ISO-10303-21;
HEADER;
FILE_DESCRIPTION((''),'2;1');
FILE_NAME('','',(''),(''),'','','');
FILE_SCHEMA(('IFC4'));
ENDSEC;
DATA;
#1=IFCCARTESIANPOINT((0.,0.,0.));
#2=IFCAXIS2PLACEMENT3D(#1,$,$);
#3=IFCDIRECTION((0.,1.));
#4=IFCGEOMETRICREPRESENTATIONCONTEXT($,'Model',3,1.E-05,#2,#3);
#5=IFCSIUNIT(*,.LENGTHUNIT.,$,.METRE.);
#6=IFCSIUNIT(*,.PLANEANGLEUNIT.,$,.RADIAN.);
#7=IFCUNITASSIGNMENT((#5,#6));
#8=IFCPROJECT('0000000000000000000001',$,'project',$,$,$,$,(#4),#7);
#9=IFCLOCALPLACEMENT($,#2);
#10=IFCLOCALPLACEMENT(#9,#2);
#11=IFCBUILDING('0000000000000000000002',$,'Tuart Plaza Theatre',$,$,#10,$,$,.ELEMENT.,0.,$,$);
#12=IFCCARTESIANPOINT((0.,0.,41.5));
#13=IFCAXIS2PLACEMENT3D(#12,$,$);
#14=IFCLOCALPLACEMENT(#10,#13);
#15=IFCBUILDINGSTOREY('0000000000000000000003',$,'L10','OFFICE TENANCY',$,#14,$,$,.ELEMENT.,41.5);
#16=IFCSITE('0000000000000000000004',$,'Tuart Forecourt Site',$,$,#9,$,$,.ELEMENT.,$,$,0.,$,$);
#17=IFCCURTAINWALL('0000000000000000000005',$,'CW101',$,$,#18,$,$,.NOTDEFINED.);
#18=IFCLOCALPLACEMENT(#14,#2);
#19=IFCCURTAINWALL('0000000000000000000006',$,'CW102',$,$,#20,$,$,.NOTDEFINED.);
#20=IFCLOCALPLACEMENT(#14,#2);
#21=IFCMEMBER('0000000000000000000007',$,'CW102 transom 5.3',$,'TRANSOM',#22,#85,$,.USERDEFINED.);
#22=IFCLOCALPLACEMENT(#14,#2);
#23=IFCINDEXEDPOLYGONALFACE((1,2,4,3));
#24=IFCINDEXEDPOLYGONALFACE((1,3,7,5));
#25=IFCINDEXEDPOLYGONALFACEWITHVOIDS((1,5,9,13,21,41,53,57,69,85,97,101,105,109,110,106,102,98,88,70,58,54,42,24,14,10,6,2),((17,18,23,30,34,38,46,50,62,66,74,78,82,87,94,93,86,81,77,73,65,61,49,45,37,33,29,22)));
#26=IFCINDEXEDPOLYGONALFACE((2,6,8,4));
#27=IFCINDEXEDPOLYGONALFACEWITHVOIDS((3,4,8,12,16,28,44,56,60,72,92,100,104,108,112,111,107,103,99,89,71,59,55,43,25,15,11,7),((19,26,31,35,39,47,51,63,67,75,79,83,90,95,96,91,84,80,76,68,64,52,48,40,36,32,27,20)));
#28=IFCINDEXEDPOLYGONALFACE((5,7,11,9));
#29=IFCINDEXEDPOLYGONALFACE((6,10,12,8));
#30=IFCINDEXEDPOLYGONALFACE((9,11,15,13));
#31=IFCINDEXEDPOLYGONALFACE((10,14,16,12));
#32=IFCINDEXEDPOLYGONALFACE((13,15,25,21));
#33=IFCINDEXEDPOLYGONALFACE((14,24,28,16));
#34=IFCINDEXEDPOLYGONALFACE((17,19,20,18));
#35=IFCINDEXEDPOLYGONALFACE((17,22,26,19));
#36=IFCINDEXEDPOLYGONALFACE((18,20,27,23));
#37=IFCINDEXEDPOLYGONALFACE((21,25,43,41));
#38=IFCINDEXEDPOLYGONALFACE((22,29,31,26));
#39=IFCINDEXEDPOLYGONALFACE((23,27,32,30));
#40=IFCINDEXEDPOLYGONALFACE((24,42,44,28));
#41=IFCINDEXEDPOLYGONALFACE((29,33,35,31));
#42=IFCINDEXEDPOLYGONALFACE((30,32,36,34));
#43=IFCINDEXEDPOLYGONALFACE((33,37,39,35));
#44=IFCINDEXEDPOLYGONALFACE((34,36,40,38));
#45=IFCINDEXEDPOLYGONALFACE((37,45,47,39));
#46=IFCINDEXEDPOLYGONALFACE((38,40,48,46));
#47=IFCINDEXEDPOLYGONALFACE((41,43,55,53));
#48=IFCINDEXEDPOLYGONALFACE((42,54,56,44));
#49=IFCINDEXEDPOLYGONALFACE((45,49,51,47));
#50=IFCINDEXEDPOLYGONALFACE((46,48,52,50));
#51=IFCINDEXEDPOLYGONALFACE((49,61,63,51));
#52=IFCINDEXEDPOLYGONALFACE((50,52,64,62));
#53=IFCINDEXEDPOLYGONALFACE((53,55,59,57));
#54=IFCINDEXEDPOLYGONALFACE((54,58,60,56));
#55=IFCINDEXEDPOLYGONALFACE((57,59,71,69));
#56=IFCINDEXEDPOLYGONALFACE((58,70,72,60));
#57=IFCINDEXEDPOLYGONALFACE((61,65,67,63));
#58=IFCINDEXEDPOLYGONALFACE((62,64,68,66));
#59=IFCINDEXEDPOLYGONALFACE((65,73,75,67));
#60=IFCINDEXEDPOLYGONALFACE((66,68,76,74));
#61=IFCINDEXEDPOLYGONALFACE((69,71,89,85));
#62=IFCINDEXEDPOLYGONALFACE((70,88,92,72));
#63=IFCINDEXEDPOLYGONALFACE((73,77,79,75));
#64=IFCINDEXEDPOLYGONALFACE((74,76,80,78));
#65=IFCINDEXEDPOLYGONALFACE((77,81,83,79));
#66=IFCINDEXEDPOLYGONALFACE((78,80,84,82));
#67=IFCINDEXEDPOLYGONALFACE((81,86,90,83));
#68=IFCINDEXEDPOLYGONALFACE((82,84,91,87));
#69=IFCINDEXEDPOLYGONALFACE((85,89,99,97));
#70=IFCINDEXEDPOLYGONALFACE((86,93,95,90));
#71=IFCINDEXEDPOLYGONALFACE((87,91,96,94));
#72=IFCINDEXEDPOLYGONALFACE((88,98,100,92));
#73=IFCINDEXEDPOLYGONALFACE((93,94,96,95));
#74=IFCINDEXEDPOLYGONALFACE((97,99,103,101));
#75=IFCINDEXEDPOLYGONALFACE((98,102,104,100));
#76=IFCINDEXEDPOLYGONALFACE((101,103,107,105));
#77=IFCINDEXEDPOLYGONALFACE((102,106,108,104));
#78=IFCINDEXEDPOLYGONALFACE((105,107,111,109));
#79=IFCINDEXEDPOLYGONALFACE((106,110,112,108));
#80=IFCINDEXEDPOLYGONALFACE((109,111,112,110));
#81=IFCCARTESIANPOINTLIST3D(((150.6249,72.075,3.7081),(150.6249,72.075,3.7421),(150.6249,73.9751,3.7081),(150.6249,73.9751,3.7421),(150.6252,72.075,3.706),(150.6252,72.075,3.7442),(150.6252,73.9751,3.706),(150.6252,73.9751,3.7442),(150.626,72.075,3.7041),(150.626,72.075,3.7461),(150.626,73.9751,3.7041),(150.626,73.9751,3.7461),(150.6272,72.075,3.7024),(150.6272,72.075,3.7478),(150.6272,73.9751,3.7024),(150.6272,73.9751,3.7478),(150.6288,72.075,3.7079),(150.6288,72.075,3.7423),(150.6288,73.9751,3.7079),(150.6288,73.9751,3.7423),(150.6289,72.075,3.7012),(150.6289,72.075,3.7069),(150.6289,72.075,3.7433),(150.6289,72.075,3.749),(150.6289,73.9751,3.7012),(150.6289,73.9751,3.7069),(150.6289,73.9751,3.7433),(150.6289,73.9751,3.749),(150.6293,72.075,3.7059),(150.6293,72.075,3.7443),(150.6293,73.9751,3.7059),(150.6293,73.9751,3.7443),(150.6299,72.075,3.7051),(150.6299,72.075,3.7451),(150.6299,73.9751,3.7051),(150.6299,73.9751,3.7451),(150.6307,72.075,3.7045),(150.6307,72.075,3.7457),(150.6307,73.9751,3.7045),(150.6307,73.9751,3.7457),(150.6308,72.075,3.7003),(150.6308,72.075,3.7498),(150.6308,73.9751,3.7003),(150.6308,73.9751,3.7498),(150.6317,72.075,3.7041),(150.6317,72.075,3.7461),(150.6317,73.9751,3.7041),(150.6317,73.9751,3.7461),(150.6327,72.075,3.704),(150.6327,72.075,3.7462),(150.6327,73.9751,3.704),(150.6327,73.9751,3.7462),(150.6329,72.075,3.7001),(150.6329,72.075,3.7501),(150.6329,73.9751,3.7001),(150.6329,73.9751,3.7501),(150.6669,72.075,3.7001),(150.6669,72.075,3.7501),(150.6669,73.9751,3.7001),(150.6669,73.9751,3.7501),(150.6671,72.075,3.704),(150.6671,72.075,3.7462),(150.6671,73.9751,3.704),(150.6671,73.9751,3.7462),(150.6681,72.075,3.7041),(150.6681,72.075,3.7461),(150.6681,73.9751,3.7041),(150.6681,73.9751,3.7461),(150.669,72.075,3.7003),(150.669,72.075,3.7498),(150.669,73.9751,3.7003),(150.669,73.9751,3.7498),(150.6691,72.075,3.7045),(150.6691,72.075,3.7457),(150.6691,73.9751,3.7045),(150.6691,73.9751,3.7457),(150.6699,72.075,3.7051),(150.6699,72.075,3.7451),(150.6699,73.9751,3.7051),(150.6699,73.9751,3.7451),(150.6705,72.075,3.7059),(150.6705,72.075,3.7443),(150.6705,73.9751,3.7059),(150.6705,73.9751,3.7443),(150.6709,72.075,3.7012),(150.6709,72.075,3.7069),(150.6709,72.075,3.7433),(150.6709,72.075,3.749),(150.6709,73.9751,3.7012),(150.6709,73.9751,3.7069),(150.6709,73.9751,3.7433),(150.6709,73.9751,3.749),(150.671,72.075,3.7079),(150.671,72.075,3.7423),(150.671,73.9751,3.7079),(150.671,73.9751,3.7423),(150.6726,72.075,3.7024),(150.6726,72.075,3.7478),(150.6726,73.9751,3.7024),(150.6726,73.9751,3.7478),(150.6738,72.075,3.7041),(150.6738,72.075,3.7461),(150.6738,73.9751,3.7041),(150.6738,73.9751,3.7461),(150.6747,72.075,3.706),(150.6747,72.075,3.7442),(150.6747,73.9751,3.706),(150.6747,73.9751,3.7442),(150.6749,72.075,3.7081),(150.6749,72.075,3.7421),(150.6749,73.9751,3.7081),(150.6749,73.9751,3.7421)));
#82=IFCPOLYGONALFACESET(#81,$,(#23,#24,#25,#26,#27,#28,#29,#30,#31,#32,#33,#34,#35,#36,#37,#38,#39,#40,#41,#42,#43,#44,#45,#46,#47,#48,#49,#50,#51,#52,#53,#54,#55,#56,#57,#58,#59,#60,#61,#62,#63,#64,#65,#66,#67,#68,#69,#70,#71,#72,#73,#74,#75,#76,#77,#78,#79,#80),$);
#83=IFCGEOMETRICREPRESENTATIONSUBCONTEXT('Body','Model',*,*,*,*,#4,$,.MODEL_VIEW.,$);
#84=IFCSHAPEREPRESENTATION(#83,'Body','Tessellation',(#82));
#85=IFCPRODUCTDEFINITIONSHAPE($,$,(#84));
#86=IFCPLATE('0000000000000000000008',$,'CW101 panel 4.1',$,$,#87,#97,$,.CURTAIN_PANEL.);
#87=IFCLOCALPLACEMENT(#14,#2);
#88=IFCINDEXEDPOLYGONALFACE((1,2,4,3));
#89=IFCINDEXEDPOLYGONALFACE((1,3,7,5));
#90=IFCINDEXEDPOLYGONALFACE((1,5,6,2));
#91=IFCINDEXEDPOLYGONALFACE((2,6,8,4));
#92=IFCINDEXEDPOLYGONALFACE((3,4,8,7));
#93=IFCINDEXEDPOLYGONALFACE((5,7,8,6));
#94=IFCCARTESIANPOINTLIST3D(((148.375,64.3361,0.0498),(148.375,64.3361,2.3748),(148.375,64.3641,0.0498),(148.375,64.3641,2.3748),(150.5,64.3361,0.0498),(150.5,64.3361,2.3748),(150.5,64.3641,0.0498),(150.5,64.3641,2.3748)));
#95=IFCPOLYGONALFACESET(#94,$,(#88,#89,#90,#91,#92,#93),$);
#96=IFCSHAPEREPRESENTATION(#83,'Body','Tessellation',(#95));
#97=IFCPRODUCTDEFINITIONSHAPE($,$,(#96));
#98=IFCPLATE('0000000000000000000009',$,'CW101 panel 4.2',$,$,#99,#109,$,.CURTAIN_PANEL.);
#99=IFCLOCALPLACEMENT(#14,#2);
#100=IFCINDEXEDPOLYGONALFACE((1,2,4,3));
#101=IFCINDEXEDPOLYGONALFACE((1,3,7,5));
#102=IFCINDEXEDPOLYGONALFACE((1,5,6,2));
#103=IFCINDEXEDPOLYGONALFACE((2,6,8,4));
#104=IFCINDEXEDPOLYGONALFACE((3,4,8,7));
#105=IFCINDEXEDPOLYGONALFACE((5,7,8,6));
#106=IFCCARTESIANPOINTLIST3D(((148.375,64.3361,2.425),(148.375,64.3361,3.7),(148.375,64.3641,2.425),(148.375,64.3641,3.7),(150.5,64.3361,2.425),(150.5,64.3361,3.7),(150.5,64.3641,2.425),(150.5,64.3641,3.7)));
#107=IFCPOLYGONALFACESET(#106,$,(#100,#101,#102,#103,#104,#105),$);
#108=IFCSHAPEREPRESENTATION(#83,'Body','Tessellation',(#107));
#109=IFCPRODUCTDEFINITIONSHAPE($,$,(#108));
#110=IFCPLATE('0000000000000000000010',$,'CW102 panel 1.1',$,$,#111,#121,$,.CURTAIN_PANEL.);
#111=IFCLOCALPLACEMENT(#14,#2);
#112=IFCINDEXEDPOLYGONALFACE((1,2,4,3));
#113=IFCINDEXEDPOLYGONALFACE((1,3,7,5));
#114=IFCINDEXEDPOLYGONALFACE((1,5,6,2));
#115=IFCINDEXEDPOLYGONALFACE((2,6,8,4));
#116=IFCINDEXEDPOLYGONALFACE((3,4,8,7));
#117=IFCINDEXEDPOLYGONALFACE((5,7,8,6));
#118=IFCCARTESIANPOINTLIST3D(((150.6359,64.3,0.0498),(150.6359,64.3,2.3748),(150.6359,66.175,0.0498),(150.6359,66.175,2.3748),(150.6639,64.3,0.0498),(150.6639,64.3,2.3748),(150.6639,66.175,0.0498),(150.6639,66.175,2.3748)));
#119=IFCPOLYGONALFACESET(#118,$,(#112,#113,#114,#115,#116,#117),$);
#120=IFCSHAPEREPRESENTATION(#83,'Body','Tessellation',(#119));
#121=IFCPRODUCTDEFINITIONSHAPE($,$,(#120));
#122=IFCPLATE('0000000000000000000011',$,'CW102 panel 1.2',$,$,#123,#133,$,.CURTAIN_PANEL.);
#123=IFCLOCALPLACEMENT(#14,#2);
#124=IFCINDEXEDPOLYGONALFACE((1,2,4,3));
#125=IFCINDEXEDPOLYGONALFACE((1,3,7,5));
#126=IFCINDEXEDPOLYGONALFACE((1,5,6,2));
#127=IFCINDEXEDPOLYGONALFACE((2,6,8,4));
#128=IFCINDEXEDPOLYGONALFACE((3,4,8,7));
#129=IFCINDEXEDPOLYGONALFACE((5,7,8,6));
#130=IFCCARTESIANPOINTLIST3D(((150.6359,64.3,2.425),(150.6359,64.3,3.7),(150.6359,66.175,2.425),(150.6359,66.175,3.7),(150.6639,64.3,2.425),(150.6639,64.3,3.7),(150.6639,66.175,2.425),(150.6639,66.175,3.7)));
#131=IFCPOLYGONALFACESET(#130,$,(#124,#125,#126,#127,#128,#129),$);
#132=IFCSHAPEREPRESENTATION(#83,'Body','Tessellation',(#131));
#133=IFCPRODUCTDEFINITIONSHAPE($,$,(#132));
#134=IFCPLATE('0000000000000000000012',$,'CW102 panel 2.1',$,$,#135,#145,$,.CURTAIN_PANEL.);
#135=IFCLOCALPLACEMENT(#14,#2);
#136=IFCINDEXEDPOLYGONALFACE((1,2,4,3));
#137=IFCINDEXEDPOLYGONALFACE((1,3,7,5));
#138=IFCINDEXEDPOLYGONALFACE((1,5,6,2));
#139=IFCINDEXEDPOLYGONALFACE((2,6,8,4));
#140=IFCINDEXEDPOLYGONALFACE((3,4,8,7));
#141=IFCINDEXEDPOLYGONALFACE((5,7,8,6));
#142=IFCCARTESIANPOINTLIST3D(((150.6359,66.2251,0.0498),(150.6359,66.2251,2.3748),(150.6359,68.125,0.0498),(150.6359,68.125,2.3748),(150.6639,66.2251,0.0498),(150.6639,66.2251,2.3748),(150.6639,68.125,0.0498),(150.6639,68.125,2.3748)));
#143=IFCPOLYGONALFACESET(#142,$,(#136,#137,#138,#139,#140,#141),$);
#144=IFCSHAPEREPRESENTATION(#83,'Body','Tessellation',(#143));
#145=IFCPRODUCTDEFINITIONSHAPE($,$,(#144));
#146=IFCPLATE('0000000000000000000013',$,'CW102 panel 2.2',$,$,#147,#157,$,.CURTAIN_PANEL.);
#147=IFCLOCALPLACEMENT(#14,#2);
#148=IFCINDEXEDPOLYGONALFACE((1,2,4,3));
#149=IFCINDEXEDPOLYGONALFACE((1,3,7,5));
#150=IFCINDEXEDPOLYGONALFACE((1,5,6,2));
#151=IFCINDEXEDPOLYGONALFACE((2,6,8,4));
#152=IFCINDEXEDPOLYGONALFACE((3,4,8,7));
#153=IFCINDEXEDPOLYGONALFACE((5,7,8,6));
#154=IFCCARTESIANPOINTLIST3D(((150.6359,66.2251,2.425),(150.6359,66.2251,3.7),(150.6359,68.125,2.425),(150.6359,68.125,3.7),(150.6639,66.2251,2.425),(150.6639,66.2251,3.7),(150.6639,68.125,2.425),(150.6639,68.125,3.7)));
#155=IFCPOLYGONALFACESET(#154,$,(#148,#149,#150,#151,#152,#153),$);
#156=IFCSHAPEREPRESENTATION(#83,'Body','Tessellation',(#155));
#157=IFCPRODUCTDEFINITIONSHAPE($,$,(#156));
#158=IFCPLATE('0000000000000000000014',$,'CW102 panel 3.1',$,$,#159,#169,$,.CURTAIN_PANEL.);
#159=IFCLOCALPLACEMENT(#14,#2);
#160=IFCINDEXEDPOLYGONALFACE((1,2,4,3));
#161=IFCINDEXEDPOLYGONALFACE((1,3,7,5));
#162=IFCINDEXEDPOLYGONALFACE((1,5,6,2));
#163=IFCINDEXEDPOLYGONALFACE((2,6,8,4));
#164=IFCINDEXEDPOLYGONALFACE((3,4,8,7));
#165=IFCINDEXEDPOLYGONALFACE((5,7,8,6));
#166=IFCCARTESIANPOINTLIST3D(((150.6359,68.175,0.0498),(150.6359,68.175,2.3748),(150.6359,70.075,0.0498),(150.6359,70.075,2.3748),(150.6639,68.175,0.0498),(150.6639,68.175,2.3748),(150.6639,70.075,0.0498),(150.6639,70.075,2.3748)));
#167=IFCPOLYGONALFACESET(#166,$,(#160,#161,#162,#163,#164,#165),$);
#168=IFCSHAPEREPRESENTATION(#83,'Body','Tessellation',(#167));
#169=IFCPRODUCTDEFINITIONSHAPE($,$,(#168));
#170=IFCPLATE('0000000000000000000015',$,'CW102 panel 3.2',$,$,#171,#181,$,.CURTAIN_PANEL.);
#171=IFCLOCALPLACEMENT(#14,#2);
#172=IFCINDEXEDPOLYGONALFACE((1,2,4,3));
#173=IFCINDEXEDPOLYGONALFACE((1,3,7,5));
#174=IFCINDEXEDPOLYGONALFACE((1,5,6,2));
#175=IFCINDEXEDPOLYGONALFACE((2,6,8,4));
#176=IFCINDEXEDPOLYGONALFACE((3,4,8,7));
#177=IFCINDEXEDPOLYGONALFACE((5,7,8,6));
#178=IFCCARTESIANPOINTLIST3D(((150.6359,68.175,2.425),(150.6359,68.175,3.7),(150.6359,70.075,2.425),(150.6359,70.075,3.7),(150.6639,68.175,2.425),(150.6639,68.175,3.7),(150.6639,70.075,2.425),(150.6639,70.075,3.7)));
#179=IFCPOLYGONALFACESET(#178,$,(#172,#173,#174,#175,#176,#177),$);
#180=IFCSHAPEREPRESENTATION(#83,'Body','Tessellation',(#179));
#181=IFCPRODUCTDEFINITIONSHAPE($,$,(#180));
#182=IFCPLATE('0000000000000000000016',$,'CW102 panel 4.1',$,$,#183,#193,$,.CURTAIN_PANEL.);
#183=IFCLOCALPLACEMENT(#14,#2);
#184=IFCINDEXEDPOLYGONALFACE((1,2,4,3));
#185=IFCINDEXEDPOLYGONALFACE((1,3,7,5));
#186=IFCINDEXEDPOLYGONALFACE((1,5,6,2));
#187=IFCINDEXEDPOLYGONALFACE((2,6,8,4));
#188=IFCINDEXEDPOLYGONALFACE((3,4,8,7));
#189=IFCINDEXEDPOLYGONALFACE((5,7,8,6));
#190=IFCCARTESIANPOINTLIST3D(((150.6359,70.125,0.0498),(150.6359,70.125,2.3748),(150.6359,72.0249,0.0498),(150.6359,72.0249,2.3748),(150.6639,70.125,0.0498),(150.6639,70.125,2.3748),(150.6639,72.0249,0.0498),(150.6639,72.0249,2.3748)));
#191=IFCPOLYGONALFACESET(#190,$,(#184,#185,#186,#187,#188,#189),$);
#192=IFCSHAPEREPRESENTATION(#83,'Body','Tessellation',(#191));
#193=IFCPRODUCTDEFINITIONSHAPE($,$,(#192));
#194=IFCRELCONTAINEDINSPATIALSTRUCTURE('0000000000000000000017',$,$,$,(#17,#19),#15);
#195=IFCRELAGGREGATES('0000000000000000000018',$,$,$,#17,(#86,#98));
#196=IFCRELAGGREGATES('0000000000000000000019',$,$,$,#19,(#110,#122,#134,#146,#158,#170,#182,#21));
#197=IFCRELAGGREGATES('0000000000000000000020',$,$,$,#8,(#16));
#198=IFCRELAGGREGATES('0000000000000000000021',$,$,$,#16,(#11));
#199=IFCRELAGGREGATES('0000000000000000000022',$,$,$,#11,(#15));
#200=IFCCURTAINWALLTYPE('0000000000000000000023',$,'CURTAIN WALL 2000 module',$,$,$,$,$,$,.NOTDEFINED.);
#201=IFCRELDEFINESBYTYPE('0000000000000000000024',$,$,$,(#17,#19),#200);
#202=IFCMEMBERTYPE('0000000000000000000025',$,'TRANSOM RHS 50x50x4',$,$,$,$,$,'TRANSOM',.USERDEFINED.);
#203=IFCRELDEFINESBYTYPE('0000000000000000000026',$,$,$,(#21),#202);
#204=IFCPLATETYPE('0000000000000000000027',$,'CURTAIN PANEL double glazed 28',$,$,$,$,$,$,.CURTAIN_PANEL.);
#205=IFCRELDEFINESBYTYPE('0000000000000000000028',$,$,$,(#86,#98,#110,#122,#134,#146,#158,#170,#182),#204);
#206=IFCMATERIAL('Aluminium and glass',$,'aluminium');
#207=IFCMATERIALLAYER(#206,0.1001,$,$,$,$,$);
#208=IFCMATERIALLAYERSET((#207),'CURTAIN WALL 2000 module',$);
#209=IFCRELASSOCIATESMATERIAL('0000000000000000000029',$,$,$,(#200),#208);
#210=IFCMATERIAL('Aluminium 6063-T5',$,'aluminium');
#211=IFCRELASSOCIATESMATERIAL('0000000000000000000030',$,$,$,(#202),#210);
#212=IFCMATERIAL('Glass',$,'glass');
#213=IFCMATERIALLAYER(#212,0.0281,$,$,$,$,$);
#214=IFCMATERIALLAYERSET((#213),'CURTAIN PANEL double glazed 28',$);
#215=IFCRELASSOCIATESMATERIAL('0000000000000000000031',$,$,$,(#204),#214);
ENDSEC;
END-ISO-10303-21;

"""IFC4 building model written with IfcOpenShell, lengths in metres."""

from ifc_helpers import new_model, si_unit, direction, frame, origin, origin_2d, place, context, subcontext, project, spatial, rectangle, hollow_rectangle, extrude, material, layer, layer_set, material_profile, profile_set, type_object, element, aggregate, save


model = new_model("IFC4")

# Units and contexts
model_context = context("Model", 3, precision=1e-05, world=origin(), true_north=direction((0.0, 1.0)))
body_context = subcontext(model_context, "Body", "Model", "MODEL_VIEW")
ifc_project = project(units=[si_unit("LENGTHUNIT", "METRE"), si_unit("PLANEANGLEUNIT", "RADIAN")], contexts=[model_context])

# Site, building, storey
site_placement = place(None, origin())
site = spatial("IfcSite", under=ifc_project, at=site_placement, Name="Tuart Forecourt Site", CompositionType="ELEMENT", RefElevation=0.0)
building_placement = place(site_placement, origin())
building = spatial("IfcBuilding", under=site, at=building_placement, Name="Tuart Plaza Theatre", CompositionType="ELEMENT", ElevationOfRefHeight=0.0)
storey_placement = place(building_placement, frame((0.0, 0.0, 41.5)))
storey = spatial("IfcBuildingStorey", under=building, at=storey_placement, Name="L10", Description="OFFICE TENANCY", CompositionType="ELEMENT", Elevation=41.5)

# Curtain walls
ifc_material_1 = material(Name="Aluminium and glass", Category="aluminium")
ifc_layer_1 = layer(ifc_material_1, 0.1001)
ifc_layer_set_1 = layer_set([ifc_layer_1], Name="CURTAIN WALL 2000 module")
curtain_wall_type = type_object("IfcCurtainWallType", Name="CURTAIN WALL 2000 module", PredefinedType="NOTDEFINED", material=ifc_layer_set_1)
curtain_wall_1_placement = place(storey_placement, origin())
curtain_wall_1 = element("IfcCurtainWall", 1, at=curtain_wall_1_placement, inside=storey, type_object=curtain_wall_type, Name="CW101", PredefinedType="NOTDEFINED")
curtain_wall_2_placement = place(storey_placement, origin())
curtain_wall_2 = element("IfcCurtainWall", 2, at=curtain_wall_2_placement, inside=storey, type_object=curtain_wall_type, Name="CW102", PredefinedType="NOTDEFINED")

# Member
ifc_material_2 = material(Name="Aluminium 6063-T5", Category="aluminium")
ifc_material_profile_1 = material_profile(ifc_material_2, hollow_rectangle(XDim=0.05, YDim=0.05, WallThickness=0.0039, InnerFilletRadius=0.0039, OuterFilletRadius=0.0081, at=origin_2d()), Name="RHS 50x50x4")
ifc_profile_set_1 = profile_set([ifc_material_profile_1], Name="Aluminium 6063-T5")
member_type_1 = type_object("IfcMemberType", Name="TRANSOM RHS 50x50x4", ElementType="TRANSOM", PredefinedType="USERDEFINED", material=ifc_profile_set_1)
member_1_placement = place(storey_placement, frame((150.6499, 72.075, 3.7251), z_axis=(0.0, 1.0, 0.0), x_axis=(-1.0, 0.0, 0.0)))
member_1 = element("IfcMember", 3, at=member_1_placement, type_object=member_type_1, Name="CW102 transom 5.3", ObjectType="TRANSOM", PredefinedType="USERDEFINED", context=body_context, shape_type="SweptSolid", body=[
    extrude(hollow_rectangle(XDim=0.05, YDim=0.05, WallThickness=0.0039, InnerFilletRadius=0.0039, OuterFilletRadius=0.0081, at=origin_2d()), origin(), (0.0, 0.0, 1.0), 1.9001),
])

# Plates
ifc_material_3 = material(Name="Glass", Category="glass")
ifc_layer_2 = layer(ifc_material_3, 0.0281)
ifc_layer_set_2 = layer_set([ifc_layer_2], Name="CURTAIN PANEL double glazed 28")
plate_type = type_object("IfcPlateType", Name="CURTAIN PANEL double glazed 28", PredefinedType="CURTAIN_PANEL", material=ifc_layer_set_2)
plate_1_placement = place(storey_placement, frame((149.4375, 64.3501, 0.0498), z_axis=(0.0, 0.0, 1.0), x_axis=(1.0, 0.0, 0.0)))
plate_1 = element("IfcPlate", 4, at=plate_1_placement, type_object=plate_type, Name="CW101 panel 4.1", PredefinedType="CURTAIN_PANEL", context=body_context, shape_type="SweptSolid", body=[
    extrude(rectangle(XDim=2.125, YDim=0.0281, at=origin_2d()), origin(), (0.0, 0.0, 1.0), 2.325),
])
plate_2_placement = place(storey_placement, frame((149.4375, 64.3501, 2.425), z_axis=(0.0, 0.0, 1.0), x_axis=(1.0, 0.0, 0.0)))
plate_2 = element("IfcPlate", 5, at=plate_2_placement, type_object=plate_type, Name="CW101 panel 4.2", PredefinedType="CURTAIN_PANEL", context=body_context, shape_type="SweptSolid", body=[
    extrude(rectangle(XDim=2.125, YDim=0.0281, at=origin_2d()), origin(), (0.0, 0.0, 1.0), 1.2749),
])
aggregate(curtain_wall_1, [plate_1, plate_2])
plate_3_placement = place(storey_placement, frame((150.6499, 65.2375, 0.0498), z_axis=(0.0, 0.0, 1.0), x_axis=(0.0, 1.0, 0.0)))
plate_3 = element("IfcPlate", 6, at=plate_3_placement, type_object=plate_type, Name="CW102 panel 1.1", PredefinedType="CURTAIN_PANEL", context=body_context, shape_type="SweptSolid", body=[
    extrude(rectangle(XDim=1.875, YDim=0.0281, at=origin_2d()), origin(), (0.0, 0.0, 1.0), 2.325),
])
plate_4_placement = place(storey_placement, frame((150.6499, 65.2375, 2.425), z_axis=(0.0, 0.0, 1.0), x_axis=(0.0, 1.0, 0.0)))
plate_4 = element("IfcPlate", 7, at=plate_4_placement, type_object=plate_type, Name="CW102 panel 1.2", PredefinedType="CURTAIN_PANEL", context=body_context, shape_type="SweptSolid", body=[
    extrude(rectangle(XDim=1.875, YDim=0.0281, at=origin_2d()), origin(), (0.0, 0.0, 1.0), 1.2749),
])
plate_5_placement = place(storey_placement, frame((150.6499, 67.175, 0.0498), z_axis=(0.0, 0.0, 1.0), x_axis=(0.0, 1.0, 0.0)))
plate_5 = element("IfcPlate", 8, at=plate_5_placement, type_object=plate_type, Name="CW102 panel 2.1", PredefinedType="CURTAIN_PANEL", context=body_context, shape_type="SweptSolid", body=[
    extrude(rectangle(XDim=1.8999, YDim=0.0281, at=origin_2d()), origin(), (0.0, 0.0, 1.0), 2.325),
])
plate_6_placement = place(storey_placement, frame((150.6499, 67.175, 2.425), z_axis=(0.0, 0.0, 1.0), x_axis=(0.0, 1.0, 0.0)))
plate_6 = element("IfcPlate", 9, at=plate_6_placement, type_object=plate_type, Name="CW102 panel 2.2", PredefinedType="CURTAIN_PANEL", context=body_context, shape_type="SweptSolid", body=[
    extrude(rectangle(XDim=1.8999, YDim=0.0281, at=origin_2d()), origin(), (0.0, 0.0, 1.0), 1.2749),
])
plate_7_placement = place(storey_placement, frame((150.6499, 69.125, 0.0498), z_axis=(0.0, 0.0, 1.0), x_axis=(0.0, 1.0, 0.0)))
plate_7 = element("IfcPlate", 10, at=plate_7_placement, type_object=plate_type, Name="CW102 panel 3.1", PredefinedType="CURTAIN_PANEL", context=body_context, shape_type="SweptSolid", body=[
    extrude(rectangle(XDim=1.8999, YDim=0.0281, at=origin_2d()), origin(), (0.0, 0.0, 1.0), 2.325),
])
plate_8_placement = place(storey_placement, frame((150.6499, 69.125, 2.425), z_axis=(0.0, 0.0, 1.0), x_axis=(0.0, 1.0, 0.0)))
plate_8 = element("IfcPlate", 11, at=plate_8_placement, type_object=plate_type, Name="CW102 panel 3.2", PredefinedType="CURTAIN_PANEL", context=body_context, shape_type="SweptSolid", body=[
    extrude(rectangle(XDim=1.8999, YDim=0.0281, at=origin_2d()), origin(), (0.0, 0.0, 1.0), 1.2749),
])
plate_9_placement = place(storey_placement, frame((150.6499, 71.075, 0.0498), z_axis=(0.0, 0.0, 1.0), x_axis=(0.0, 1.0, 0.0)))
plate_9 = element("IfcPlate", 12, at=plate_9_placement, type_object=plate_type, Name="CW102 panel 4.1", PredefinedType="CURTAIN_PANEL", context=body_context, shape_type="SweptSolid", body=[
    extrude(rectangle(XDim=1.8999, YDim=0.0281, at=origin_2d()), origin(), (0.0, 0.0, 1.0), 2.325),
])
aggregate(curtain_wall_2, [plate_3, plate_4, plate_5, plate_6, plate_7, plate_8, plate_9, member_1])

save(model, "model.ifc")
